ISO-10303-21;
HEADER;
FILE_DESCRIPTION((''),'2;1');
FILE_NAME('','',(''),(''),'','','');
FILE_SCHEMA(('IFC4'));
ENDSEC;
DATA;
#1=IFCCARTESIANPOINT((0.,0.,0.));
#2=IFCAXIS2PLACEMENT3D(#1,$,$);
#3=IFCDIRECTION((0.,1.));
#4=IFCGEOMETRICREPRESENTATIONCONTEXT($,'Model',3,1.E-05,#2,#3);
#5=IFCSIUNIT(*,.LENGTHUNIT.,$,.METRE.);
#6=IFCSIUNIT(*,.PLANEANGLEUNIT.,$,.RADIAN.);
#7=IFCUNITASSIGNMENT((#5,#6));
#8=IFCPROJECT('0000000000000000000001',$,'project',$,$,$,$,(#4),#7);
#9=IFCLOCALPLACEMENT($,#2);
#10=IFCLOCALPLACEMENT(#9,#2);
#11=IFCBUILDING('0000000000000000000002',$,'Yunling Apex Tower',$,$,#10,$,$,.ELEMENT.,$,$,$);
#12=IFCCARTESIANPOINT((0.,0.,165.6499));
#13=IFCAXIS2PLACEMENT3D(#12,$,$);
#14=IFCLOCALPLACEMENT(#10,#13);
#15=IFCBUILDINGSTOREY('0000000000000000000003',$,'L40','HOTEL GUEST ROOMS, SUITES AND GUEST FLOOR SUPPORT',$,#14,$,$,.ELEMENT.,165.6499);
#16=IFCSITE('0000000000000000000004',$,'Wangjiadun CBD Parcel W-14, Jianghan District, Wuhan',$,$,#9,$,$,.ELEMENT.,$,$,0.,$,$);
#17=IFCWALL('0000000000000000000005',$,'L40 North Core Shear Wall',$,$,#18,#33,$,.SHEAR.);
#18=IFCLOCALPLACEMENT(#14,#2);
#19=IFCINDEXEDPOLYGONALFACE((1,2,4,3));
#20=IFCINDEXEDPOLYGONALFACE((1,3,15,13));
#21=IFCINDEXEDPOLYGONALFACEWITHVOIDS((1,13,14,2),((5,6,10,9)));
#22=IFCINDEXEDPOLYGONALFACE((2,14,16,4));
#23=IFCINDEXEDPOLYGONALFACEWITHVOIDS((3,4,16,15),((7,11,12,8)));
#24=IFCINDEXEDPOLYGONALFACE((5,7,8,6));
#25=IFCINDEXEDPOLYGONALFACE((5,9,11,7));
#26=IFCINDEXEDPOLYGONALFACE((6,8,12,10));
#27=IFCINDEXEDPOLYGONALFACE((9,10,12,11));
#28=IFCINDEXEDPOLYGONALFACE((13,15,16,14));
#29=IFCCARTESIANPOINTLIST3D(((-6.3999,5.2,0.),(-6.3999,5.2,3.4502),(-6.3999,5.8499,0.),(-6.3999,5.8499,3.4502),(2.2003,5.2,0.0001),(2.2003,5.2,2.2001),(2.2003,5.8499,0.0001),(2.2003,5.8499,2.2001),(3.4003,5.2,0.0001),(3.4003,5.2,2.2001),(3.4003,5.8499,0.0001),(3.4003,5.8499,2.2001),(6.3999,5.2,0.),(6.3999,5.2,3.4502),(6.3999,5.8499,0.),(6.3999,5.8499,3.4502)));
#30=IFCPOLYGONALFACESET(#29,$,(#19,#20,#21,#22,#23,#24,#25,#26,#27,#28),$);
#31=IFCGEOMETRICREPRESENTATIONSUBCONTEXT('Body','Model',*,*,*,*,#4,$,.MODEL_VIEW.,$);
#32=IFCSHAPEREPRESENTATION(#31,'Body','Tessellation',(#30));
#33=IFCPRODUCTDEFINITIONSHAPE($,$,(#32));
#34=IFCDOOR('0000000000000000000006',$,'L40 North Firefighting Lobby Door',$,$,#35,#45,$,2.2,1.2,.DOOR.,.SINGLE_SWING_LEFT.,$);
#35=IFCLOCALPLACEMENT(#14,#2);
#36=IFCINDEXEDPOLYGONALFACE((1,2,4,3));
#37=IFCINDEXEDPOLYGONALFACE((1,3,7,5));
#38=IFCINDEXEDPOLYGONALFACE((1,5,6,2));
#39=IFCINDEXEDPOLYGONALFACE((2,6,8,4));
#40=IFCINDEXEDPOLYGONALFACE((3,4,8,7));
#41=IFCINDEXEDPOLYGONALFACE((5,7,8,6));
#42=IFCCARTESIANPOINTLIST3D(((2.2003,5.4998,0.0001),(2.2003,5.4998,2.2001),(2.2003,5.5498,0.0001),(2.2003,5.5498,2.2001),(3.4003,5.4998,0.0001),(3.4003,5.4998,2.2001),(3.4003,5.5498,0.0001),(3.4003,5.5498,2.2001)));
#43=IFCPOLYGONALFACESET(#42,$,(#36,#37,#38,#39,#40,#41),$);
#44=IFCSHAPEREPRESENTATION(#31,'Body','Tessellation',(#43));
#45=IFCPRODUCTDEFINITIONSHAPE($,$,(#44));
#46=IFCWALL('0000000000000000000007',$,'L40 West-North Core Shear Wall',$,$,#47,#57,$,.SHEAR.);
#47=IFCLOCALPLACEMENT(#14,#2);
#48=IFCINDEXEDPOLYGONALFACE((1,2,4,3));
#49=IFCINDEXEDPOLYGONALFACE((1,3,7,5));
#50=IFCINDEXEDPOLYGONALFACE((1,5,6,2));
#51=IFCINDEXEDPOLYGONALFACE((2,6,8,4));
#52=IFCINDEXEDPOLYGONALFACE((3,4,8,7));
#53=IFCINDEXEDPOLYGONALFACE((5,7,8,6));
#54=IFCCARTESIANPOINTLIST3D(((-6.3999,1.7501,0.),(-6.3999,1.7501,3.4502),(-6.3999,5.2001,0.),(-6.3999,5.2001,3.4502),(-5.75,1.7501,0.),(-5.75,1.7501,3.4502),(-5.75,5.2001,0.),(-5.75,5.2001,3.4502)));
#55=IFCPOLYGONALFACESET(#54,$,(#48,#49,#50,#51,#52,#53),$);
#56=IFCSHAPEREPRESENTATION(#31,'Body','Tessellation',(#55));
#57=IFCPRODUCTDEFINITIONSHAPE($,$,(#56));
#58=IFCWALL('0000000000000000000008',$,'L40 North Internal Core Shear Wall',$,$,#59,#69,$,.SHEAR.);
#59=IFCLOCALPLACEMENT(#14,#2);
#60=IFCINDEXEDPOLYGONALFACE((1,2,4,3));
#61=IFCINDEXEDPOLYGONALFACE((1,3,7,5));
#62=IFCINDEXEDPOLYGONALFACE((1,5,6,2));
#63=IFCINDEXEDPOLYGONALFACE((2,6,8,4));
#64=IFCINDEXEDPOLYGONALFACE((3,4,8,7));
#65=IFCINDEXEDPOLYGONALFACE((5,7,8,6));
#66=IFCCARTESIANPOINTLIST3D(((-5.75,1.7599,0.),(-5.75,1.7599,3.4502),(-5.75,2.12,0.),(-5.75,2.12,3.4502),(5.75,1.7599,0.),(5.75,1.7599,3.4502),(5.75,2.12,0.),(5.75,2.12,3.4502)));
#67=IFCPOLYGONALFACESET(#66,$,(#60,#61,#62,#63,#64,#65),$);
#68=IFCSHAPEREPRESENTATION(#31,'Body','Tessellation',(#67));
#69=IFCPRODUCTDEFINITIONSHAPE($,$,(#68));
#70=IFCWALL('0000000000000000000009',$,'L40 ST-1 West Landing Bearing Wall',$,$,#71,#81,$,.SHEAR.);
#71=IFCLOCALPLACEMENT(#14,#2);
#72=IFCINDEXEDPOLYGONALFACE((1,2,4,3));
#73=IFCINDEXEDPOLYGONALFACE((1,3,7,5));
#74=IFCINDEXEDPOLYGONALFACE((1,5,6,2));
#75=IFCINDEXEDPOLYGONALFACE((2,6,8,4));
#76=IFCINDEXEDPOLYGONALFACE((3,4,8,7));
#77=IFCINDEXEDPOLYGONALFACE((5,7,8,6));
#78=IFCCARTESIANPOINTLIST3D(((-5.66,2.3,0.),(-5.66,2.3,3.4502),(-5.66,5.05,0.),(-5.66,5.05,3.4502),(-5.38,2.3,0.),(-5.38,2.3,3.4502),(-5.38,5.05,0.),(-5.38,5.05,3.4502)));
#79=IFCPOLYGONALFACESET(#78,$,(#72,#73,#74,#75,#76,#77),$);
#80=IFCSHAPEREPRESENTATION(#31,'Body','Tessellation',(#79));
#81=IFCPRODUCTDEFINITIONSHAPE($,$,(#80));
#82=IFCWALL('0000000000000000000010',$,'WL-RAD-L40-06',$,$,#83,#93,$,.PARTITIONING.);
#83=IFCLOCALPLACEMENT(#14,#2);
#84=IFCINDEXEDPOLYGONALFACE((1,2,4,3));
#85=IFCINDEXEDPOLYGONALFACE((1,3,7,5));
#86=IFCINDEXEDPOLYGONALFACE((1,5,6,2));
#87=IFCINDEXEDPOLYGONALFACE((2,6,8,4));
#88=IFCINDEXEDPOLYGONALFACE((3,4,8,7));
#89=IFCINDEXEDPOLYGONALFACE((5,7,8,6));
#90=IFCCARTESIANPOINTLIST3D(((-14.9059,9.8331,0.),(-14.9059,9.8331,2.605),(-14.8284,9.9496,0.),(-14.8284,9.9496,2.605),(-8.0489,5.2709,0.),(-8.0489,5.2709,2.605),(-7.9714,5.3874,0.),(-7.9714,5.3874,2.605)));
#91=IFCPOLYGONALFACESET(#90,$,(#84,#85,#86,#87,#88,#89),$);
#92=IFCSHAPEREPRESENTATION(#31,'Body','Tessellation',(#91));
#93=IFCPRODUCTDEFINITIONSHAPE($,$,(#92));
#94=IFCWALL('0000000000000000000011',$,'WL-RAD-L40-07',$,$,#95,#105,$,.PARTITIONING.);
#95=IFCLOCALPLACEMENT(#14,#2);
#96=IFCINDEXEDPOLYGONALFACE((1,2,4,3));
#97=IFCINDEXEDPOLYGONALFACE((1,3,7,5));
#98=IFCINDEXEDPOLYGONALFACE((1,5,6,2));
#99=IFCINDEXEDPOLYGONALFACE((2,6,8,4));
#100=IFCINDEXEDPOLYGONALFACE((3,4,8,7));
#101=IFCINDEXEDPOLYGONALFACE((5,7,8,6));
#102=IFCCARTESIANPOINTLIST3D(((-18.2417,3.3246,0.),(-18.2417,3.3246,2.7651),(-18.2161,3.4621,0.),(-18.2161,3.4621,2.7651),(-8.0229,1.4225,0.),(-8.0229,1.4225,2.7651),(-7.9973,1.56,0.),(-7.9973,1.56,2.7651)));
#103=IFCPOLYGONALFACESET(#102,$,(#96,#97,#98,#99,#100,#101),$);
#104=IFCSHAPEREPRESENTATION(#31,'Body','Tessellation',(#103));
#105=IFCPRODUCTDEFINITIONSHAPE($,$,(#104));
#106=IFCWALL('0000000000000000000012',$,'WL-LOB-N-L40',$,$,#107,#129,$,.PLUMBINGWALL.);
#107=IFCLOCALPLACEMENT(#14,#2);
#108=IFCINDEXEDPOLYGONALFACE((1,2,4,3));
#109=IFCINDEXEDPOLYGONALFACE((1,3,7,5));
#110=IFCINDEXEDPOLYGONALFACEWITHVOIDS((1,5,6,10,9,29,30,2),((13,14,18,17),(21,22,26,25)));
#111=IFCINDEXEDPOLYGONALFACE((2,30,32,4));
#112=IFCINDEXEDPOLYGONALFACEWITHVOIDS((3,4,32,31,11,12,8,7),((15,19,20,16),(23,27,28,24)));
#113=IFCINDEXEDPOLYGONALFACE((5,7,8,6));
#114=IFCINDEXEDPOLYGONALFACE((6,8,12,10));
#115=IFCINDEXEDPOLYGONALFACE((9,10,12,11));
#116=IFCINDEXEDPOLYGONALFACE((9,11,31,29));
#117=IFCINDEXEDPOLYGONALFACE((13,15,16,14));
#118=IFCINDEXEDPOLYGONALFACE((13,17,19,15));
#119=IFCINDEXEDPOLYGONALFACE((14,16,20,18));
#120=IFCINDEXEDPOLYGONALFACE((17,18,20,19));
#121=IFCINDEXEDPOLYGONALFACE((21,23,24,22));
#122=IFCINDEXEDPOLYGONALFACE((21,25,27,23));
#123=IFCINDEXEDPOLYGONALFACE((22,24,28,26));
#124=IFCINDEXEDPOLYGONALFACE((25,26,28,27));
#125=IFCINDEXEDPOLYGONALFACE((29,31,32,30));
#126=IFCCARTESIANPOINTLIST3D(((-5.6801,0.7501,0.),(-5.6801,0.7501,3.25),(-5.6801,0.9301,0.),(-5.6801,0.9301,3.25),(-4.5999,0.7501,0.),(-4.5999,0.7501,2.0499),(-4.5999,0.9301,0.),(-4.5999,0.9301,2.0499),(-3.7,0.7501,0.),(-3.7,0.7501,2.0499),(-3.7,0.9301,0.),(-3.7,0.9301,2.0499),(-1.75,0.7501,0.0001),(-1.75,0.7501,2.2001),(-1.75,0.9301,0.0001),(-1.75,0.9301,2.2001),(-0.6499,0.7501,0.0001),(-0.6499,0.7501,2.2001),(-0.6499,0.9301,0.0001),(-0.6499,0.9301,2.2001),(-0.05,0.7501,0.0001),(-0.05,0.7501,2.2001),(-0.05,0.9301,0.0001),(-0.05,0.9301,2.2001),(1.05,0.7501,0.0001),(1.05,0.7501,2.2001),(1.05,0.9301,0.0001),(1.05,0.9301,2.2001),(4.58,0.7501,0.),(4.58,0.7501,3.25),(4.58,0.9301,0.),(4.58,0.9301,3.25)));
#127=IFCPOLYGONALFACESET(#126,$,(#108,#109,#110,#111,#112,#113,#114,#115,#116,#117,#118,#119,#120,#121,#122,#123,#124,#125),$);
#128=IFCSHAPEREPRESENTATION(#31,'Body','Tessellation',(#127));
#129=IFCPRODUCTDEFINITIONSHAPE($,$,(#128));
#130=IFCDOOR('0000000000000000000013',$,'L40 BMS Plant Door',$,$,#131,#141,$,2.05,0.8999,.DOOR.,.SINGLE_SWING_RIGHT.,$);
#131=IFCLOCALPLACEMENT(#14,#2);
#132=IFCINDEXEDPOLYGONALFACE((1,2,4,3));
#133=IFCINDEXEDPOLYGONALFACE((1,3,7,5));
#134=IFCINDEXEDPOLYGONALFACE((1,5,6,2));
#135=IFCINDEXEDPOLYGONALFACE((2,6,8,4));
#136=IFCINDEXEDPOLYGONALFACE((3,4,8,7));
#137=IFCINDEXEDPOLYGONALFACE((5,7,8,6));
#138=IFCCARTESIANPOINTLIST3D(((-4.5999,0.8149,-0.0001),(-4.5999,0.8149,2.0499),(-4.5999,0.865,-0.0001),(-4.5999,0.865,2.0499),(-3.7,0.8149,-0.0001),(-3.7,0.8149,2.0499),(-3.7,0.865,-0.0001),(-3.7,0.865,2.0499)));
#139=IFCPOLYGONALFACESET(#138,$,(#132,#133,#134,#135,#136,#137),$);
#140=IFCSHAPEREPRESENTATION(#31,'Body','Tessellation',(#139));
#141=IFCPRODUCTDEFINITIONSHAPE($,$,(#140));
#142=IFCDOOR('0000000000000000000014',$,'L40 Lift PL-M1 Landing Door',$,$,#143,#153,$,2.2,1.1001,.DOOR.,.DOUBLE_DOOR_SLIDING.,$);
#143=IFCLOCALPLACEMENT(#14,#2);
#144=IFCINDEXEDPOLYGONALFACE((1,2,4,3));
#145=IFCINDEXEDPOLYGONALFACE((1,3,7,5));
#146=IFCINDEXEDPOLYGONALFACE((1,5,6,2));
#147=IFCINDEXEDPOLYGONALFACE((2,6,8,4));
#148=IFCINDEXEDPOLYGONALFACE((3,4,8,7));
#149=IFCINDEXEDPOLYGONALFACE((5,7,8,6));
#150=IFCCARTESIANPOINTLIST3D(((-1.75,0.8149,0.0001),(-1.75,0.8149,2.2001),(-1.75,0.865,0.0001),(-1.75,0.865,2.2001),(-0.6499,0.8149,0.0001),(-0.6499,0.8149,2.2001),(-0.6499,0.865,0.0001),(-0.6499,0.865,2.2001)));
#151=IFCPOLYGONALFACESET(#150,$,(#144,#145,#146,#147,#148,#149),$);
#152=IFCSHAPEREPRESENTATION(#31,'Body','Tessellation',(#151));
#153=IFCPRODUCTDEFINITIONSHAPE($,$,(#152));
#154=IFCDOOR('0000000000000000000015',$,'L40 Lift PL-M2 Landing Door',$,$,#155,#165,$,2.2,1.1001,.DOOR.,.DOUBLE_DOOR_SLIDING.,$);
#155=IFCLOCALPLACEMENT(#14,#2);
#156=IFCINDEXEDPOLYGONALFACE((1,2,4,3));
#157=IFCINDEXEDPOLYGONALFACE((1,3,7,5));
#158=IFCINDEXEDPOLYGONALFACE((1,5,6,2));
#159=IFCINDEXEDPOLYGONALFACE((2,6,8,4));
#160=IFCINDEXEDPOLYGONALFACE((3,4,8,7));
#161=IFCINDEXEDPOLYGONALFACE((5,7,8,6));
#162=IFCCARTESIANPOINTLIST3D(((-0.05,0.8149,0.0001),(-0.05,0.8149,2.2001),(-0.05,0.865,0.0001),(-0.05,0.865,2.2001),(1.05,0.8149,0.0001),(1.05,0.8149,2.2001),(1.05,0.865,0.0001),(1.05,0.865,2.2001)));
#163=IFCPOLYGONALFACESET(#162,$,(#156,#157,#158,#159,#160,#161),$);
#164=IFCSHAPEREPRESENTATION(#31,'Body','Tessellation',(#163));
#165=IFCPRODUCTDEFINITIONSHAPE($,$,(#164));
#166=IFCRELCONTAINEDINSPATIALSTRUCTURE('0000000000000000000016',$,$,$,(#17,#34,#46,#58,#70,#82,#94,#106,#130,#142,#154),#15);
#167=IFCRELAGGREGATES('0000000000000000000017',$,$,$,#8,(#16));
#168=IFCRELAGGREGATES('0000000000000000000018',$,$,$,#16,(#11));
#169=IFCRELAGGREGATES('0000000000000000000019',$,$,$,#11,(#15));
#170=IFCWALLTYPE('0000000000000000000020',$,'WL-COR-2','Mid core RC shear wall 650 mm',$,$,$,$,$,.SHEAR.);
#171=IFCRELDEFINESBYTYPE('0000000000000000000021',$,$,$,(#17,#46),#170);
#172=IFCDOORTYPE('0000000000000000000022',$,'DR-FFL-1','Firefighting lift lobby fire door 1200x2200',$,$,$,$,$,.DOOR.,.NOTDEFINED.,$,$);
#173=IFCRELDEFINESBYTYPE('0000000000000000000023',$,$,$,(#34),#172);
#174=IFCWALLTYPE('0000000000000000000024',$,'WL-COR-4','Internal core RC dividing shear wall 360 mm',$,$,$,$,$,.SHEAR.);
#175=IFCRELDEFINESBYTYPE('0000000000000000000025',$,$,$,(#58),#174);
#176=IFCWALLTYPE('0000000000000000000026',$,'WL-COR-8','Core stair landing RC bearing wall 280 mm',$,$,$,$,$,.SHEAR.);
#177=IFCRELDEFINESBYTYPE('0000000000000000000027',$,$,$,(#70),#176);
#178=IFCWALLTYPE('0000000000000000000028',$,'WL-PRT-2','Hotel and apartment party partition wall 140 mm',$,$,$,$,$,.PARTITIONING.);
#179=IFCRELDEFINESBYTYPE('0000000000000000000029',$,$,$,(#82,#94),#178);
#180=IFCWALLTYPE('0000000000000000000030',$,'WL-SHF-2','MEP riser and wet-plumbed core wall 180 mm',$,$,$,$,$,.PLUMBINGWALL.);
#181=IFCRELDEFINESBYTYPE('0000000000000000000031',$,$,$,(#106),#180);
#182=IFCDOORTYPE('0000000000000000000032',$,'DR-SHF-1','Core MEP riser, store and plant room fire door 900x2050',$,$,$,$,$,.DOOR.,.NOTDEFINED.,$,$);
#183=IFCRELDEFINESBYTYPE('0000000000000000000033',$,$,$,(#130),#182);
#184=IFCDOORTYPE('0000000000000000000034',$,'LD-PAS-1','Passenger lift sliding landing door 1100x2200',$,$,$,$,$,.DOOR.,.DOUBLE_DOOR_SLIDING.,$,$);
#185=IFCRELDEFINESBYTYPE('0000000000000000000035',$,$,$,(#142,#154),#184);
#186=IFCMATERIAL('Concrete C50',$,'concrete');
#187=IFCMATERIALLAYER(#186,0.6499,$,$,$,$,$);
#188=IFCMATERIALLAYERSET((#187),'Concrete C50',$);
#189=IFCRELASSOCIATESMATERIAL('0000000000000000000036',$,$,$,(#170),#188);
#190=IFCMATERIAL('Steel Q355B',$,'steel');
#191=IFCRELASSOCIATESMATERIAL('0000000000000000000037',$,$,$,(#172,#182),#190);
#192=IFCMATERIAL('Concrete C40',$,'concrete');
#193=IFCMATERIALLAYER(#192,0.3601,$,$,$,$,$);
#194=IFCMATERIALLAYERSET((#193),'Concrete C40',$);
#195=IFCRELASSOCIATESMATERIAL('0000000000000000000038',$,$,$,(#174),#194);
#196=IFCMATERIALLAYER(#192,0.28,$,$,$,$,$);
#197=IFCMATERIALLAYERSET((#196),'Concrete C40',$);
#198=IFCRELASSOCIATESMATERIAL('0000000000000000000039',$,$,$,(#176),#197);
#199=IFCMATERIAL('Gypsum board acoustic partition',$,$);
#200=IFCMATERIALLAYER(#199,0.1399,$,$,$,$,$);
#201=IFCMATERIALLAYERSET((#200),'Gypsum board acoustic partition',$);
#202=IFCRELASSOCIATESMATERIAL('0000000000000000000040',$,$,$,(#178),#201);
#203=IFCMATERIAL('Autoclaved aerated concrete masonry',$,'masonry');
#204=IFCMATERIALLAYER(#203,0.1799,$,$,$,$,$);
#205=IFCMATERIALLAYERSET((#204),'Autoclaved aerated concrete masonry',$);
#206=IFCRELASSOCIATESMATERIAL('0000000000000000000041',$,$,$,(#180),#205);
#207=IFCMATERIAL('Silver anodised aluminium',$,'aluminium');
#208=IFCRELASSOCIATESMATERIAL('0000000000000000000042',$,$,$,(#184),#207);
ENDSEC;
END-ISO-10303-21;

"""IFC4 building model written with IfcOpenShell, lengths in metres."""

from ifc_helpers import new_model, si_unit, direction, frame, frame_2d, origin, place, context, subcontext, project, spatial, rectangle, extrude, material, layer, layer_set, type_object, element, fill, save


model = new_model("IFC4")

# Units and contexts
model_context = context("Model", 3, precision=1e-05, world=origin(), true_north=direction((0.0, 1.0)))
body_context = subcontext(model_context, "Body", "Model", "MODEL_VIEW")
ifc_project = project(units=[si_unit("LENGTHUNIT", "METRE"), si_unit("PLANEANGLEUNIT", "RADIAN")], contexts=[model_context])

# Site, building, storey
site_placement = place(None, origin())
site = spatial("IfcSite", under=ifc_project, at=site_placement, Name="Wangjiadun CBD Parcel W-14, Jianghan District, Wuhan", CompositionType="ELEMENT", RefElevation=0.0)
building_placement = place(site_placement, origin())
building = spatial("IfcBuilding", under=site, at=building_placement, Name="Yunling Apex Tower", CompositionType="ELEMENT")
storey_placement = place(building_placement, frame((0.0, 0.0, 165.6499)))
storey = spatial("IfcBuildingStorey", under=building, at=storey_placement, Name="L40", Description="HOTEL GUEST ROOMS, SUITES AND GUEST FLOOR SUPPORT", CompositionType="ELEMENT", Elevation=165.6499)

# Shared definitions
ifc_material_1 = material(Name="Concrete C50", Category="concrete")

# Shared definitions
ifc_material_2 = material(Name="Steel Q355B", Category="steel")

# Wall, opening, door
ifc_layer_1 = layer(ifc_material_1, 0.6499)
ifc_layer_set_1 = layer_set([ifc_layer_1], Name="Concrete C50")
wall_type_1 = type_object("IfcWallType", Name="WL-COR-2", Description="Mid core RC shear wall 650 mm", PredefinedType="SHEAR", material=ifc_layer_set_1)
wall_1_placement = place(storey_placement, frame((-6.3999, 5.5249, 0.0), z_axis=(0.0, 0.0, 1.0), x_axis=(1.0, 0.0, 0.0)))
wall_1 = element("IfcWall", 1, at=wall_1_placement, inside=storey, type_object=wall_type_1, Name="L40 North Core Shear Wall", PredefinedType="SHEAR", context=body_context, shape_type="SweptSolid", body=[
    extrude(rectangle(XDim=12.7998, YDim=0.6499, at=frame_2d((6.3999, 0.0))), origin(), (0.0, 0.0, 1.0), 3.4502),
])
opening_1_placement = place(wall_1_placement, frame((8.6001, 0.0, 0.0)))
opening_1 = element("IfcOpeningElement", 2, at=opening_1_placement, cuts=wall_1, PredefinedType="OPENING", context=body_context, shape_type="SweptSolid", body=[
    extrude(rectangle(XDim=1.2, YDim=2.2, at=frame_2d((0.6001, 1.1001))), frame((0.0, 0.335, 0.0), z_axis=(0.0, -1.0, 0.0), x_axis=(1.0, 0.0, 0.0)), (0.0, 0.0, 1.0), 0.6699),
])
door_type_1 = type_object("IfcDoorType", Name="DR-FFL-1", Description="Firefighting lift lobby fire door 1200x2200", OperationType="NOTDEFINED", PredefinedType="DOOR", material=ifc_material_2)
door_1_placement = place(opening_1_placement, origin())
door_1 = element("IfcDoor", 3, at=door_1_placement, inside=storey, type_object=door_type_1, Name="L40 North Firefighting Lobby Door", OperationType="SINGLE_SWING_LEFT", OverallHeight=2.2, OverallWidth=1.2, PredefinedType="DOOR", context=body_context, shape_type="SweptSolid", body=[
    extrude(rectangle(XDim=1.2, YDim=2.2, at=frame_2d((0.6001, 1.1001))), frame((0.0, 0.0249, 0.0), z_axis=(0.0, -1.0, 0.0), x_axis=(1.0, 0.0, 0.0)), (0.0, 0.0, 1.0), 0.05),
])
fill(opening_1, door_1)

# Walls
wall_2_placement = place(storey_placement, frame((-6.075, 1.75, 0.0), z_axis=(0.0, 0.0, 1.0), x_axis=(0.0, 1.0, 0.0)))
element("IfcWall", 4, at=wall_2_placement, inside=storey, type_object=wall_type_1, Name="L40 West-North Core Shear Wall", PredefinedType="SHEAR", context=body_context, shape_type="SweptSolid", body=[
    extrude(rectangle(XDim=3.45, YDim=0.6499, at=frame_2d((1.7251, 0.0))), origin(), (0.0, 0.0, 1.0), 3.4502),
])
ifc_material_3 = material(Name="Concrete C40", Category="concrete")
ifc_layer_2 = layer(ifc_material_3, 0.3601)
ifc_layer_set_2 = layer_set([ifc_layer_2], Name="Concrete C40")
wall_type_2 = type_object("IfcWallType", Name="WL-COR-4", Description="Internal core RC dividing shear wall 360 mm", PredefinedType="SHEAR", material=ifc_layer_set_2)
wall_3_placement = place(storey_placement, frame((-5.75, 1.9399, 0.0), z_axis=(0.0, 0.0, 1.0), x_axis=(1.0, 0.0, 0.0)))
element("IfcWall", 5, at=wall_3_placement, inside=storey, type_object=wall_type_2, Name="L40 North Internal Core Shear Wall", PredefinedType="SHEAR", context=body_context, shape_type="SweptSolid", body=[
    extrude(rectangle(XDim=11.5, YDim=0.3601, at=frame_2d((5.75, 0.0))), origin(), (0.0, 0.0, 1.0), 3.4502),
])
ifc_layer_3 = layer(ifc_material_3, 0.28)
ifc_layer_set_3 = layer_set([ifc_layer_3], Name="Concrete C40")
wall_type_3 = type_object("IfcWallType", Name="WL-COR-8", Description="Core stair landing RC bearing wall 280 mm", PredefinedType="SHEAR", material=ifc_layer_set_3)
wall_4_placement = place(storey_placement, frame((-5.52, 2.3, 0.0), z_axis=(0.0, 0.0, 1.0), x_axis=(0.0, 1.0, 0.0)))
element("IfcWall", 6, at=wall_4_placement, inside=storey, type_object=wall_type_3, Name="L40 ST-1 West Landing Bearing Wall", PredefinedType="SHEAR", context=body_context, shape_type="SweptSolid", body=[
    extrude(rectangle(XDim=2.75, YDim=0.28, at=frame_2d((1.375, 0.0))), origin(), (0.0, 0.0, 1.0), 3.4502),
])
ifc_material_4 = material(Name="Gypsum board acoustic partition")
ifc_layer_4 = layer(ifc_material_4, 0.1399)
ifc_layer_set_4 = layer_set([ifc_layer_4], Name="Gypsum board acoustic partition")
wall_type_4 = type_object("IfcWallType", Name="WL-PRT-2", Description="Hotel and apartment party partition wall 140 mm", PredefinedType="PARTITIONING", material=ifc_layer_set_4)
wall_5_placement = place(storey_placement, frame((-8.01, 5.3291, 0.0), z_axis=(0.0, 0.0, 1.0), x_axis=(-0.832565, 0.553927, 0.0)))
element("IfcWall", 7, at=wall_5_placement, inside=storey, type_object=wall_type_4, Name="WL-RAD-L40-06", PredefinedType="PARTITIONING", context=body_context, shape_type="SweptSolid", body=[
    extrude(rectangle(XDim=8.2361, YDim=0.1399, at=frame_2d((4.1182, 0.0))), origin(), (0.0, 0.0, 1.0), 2.605),
])
wall_6_placement = place(storey_placement, frame((-8.01, 1.4912, 0.0), z_axis=(0.0, 0.0, 1.0), x_axis=(-0.983114, 0.182995, 0.0)))
element("IfcWall", 8, at=wall_6_placement, inside=storey, type_object=wall_type_4, Name="WL-RAD-L40-07", PredefinedType="PARTITIONING", context=body_context, shape_type="SweptSolid", body=[
    extrude(rectangle(XDim=10.3943, YDim=0.1399, at=frame_2d((5.1973, 0.0))), origin(), (0.0, 0.0, 1.0), 2.7651),
])

# Wall, openings, doors
ifc_material_5 = material(Name="Autoclaved aerated concrete masonry", Category="masonry")
ifc_layer_5 = layer(ifc_material_5, 0.1799)
ifc_layer_set_5 = layer_set([ifc_layer_5], Name="Autoclaved aerated concrete masonry")
wall_type_5 = type_object("IfcWallType", Name="WL-SHF-2", Description="MEP riser and wet-plumbed core wall 180 mm", PredefinedType="PLUMBINGWALL", material=ifc_layer_set_5)
wall_7_placement = place(storey_placement, frame((-5.6799, 0.8401, 0.0), z_axis=(0.0, 0.0, 1.0), x_axis=(1.0, 0.0, 0.0)))
wall_7 = element("IfcWall", 9, at=wall_7_placement, inside=storey, type_object=wall_type_5, Name="WL-LOB-N-L40", PredefinedType="PLUMBINGWALL", context=body_context, shape_type="SweptSolid", body=[
    extrude(rectangle(XDim=10.26, YDim=0.1799, at=frame_2d((5.1299, 0.0))), origin(), (0.0, 0.0, 1.0), 3.25),
])
opening_2_placement = place(wall_7_placement, frame((1.0801, 0.0, 0.0)))
opening_2 = element("IfcOpeningElement", 10, at=opening_2_placement, cuts=wall_7, PredefinedType="OPENING", context=body_context, shape_type="SweptSolid", body=[
    extrude(rectangle(XDim=0.8999, YDim=2.05, at=frame_2d((0.45, 1.0249))), frame((0.0, 0.1001, 0.0), z_axis=(0.0, -1.0, 0.0), x_axis=(1.0, 0.0, 0.0)), (0.0, 0.0, 1.0), 0.2),
])
opening_3_placement = place(wall_7_placement, frame((3.9299, 0.0, 0.0)))
opening_3 = element("IfcOpeningElement", 11, at=opening_3_placement, cuts=wall_7, PredefinedType="OPENING", context=body_context, shape_type="SweptSolid", body=[
    extrude(rectangle(XDim=1.1001, YDim=2.2, at=frame_2d((0.55, 1.1001))), frame((0.0, 0.1001, 0.0), z_axis=(0.0, -1.0, 0.0), x_axis=(1.0, 0.0, 0.0)), (0.0, 0.0, 1.0), 0.2),
])
opening_4_placement = place(wall_7_placement, frame((5.6299, 0.0, 0.0)))
opening_4 = element("IfcOpeningElement", 12, at=opening_4_placement, cuts=wall_7, PredefinedType="OPENING", context=body_context, shape_type="SweptSolid", body=[
    extrude(rectangle(XDim=1.1001, YDim=2.2, at=frame_2d((0.55, 1.1001))), frame((0.0, 0.1001, 0.0), z_axis=(0.0, -1.0, 0.0), x_axis=(1.0, 0.0, 0.0)), (0.0, 0.0, 1.0), 0.2),
])
door_type_2 = type_object("IfcDoorType", Name="DR-SHF-1", Description="Core MEP riser, store and plant room fire door 900x2050", OperationType="NOTDEFINED", PredefinedType="DOOR", material=ifc_material_2)
door_2_placement = place(opening_2_placement, origin())
door_2 = element("IfcDoor", 13, at=door_2_placement, inside=storey, type_object=door_type_2, Name="L40 BMS Plant Door", OperationType="SINGLE_SWING_RIGHT", OverallHeight=2.05, OverallWidth=0.8999, PredefinedType="DOOR", context=body_context, shape_type="SweptSolid", body=[
    extrude(rectangle(XDim=0.8999, YDim=2.05, at=frame_2d((0.45, 1.0249))), frame((0.0, 0.0249, 0.0), z_axis=(0.0, -1.0, 0.0), x_axis=(1.0, 0.0, 0.0)), (0.0, 0.0, 1.0), 0.05),
])
fill(opening_2, door_2)
ifc_material_6 = material(Name="Silver anodised aluminium", Category="aluminium")
door_type_3 = type_object("IfcDoorType", Name="LD-PAS-1", Description="Passenger lift sliding landing door 1100x2200", OperationType="DOUBLE_DOOR_SLIDING", PredefinedType="DOOR", material=ifc_material_6)
door_3_placement = place(opening_3_placement, origin())
door_3 = element("IfcDoor", 14, at=door_3_placement, inside=storey, type_object=door_type_3, Name="L40 Lift PL-M1 Landing Door", OperationType="DOUBLE_DOOR_SLIDING", OverallHeight=2.2, OverallWidth=1.1001, PredefinedType="DOOR", context=body_context, shape_type="SweptSolid", body=[
    extrude(rectangle(XDim=1.1001, YDim=2.2, at=frame_2d((0.55, 1.1001))), frame((0.0, 0.0249, 0.0), z_axis=(0.0, -1.0, 0.0), x_axis=(1.0, 0.0, 0.0)), (0.0, 0.0, 1.0), 0.05),
])
fill(opening_3, door_3)
door_4_placement = place(opening_4_placement, origin())
door_4 = element("IfcDoor", 15, at=door_4_placement, inside=storey, type_object=door_type_3, Name="L40 Lift PL-M2 Landing Door", OperationType="DOUBLE_DOOR_SLIDING", OverallHeight=2.2, OverallWidth=1.1001, PredefinedType="DOOR", context=body_context, shape_type="SweptSolid", body=[
    extrude(rectangle(XDim=1.1001, YDim=2.2, at=frame_2d((0.55, 1.1001))), frame((0.0, 0.0249, 0.0), z_axis=(0.0, -1.0, 0.0), x_axis=(1.0, 0.0, 0.0)), (0.0, 0.0, 1.0), 0.05),
])
fill(opening_4, door_4)

save(model, "model.ifc")
